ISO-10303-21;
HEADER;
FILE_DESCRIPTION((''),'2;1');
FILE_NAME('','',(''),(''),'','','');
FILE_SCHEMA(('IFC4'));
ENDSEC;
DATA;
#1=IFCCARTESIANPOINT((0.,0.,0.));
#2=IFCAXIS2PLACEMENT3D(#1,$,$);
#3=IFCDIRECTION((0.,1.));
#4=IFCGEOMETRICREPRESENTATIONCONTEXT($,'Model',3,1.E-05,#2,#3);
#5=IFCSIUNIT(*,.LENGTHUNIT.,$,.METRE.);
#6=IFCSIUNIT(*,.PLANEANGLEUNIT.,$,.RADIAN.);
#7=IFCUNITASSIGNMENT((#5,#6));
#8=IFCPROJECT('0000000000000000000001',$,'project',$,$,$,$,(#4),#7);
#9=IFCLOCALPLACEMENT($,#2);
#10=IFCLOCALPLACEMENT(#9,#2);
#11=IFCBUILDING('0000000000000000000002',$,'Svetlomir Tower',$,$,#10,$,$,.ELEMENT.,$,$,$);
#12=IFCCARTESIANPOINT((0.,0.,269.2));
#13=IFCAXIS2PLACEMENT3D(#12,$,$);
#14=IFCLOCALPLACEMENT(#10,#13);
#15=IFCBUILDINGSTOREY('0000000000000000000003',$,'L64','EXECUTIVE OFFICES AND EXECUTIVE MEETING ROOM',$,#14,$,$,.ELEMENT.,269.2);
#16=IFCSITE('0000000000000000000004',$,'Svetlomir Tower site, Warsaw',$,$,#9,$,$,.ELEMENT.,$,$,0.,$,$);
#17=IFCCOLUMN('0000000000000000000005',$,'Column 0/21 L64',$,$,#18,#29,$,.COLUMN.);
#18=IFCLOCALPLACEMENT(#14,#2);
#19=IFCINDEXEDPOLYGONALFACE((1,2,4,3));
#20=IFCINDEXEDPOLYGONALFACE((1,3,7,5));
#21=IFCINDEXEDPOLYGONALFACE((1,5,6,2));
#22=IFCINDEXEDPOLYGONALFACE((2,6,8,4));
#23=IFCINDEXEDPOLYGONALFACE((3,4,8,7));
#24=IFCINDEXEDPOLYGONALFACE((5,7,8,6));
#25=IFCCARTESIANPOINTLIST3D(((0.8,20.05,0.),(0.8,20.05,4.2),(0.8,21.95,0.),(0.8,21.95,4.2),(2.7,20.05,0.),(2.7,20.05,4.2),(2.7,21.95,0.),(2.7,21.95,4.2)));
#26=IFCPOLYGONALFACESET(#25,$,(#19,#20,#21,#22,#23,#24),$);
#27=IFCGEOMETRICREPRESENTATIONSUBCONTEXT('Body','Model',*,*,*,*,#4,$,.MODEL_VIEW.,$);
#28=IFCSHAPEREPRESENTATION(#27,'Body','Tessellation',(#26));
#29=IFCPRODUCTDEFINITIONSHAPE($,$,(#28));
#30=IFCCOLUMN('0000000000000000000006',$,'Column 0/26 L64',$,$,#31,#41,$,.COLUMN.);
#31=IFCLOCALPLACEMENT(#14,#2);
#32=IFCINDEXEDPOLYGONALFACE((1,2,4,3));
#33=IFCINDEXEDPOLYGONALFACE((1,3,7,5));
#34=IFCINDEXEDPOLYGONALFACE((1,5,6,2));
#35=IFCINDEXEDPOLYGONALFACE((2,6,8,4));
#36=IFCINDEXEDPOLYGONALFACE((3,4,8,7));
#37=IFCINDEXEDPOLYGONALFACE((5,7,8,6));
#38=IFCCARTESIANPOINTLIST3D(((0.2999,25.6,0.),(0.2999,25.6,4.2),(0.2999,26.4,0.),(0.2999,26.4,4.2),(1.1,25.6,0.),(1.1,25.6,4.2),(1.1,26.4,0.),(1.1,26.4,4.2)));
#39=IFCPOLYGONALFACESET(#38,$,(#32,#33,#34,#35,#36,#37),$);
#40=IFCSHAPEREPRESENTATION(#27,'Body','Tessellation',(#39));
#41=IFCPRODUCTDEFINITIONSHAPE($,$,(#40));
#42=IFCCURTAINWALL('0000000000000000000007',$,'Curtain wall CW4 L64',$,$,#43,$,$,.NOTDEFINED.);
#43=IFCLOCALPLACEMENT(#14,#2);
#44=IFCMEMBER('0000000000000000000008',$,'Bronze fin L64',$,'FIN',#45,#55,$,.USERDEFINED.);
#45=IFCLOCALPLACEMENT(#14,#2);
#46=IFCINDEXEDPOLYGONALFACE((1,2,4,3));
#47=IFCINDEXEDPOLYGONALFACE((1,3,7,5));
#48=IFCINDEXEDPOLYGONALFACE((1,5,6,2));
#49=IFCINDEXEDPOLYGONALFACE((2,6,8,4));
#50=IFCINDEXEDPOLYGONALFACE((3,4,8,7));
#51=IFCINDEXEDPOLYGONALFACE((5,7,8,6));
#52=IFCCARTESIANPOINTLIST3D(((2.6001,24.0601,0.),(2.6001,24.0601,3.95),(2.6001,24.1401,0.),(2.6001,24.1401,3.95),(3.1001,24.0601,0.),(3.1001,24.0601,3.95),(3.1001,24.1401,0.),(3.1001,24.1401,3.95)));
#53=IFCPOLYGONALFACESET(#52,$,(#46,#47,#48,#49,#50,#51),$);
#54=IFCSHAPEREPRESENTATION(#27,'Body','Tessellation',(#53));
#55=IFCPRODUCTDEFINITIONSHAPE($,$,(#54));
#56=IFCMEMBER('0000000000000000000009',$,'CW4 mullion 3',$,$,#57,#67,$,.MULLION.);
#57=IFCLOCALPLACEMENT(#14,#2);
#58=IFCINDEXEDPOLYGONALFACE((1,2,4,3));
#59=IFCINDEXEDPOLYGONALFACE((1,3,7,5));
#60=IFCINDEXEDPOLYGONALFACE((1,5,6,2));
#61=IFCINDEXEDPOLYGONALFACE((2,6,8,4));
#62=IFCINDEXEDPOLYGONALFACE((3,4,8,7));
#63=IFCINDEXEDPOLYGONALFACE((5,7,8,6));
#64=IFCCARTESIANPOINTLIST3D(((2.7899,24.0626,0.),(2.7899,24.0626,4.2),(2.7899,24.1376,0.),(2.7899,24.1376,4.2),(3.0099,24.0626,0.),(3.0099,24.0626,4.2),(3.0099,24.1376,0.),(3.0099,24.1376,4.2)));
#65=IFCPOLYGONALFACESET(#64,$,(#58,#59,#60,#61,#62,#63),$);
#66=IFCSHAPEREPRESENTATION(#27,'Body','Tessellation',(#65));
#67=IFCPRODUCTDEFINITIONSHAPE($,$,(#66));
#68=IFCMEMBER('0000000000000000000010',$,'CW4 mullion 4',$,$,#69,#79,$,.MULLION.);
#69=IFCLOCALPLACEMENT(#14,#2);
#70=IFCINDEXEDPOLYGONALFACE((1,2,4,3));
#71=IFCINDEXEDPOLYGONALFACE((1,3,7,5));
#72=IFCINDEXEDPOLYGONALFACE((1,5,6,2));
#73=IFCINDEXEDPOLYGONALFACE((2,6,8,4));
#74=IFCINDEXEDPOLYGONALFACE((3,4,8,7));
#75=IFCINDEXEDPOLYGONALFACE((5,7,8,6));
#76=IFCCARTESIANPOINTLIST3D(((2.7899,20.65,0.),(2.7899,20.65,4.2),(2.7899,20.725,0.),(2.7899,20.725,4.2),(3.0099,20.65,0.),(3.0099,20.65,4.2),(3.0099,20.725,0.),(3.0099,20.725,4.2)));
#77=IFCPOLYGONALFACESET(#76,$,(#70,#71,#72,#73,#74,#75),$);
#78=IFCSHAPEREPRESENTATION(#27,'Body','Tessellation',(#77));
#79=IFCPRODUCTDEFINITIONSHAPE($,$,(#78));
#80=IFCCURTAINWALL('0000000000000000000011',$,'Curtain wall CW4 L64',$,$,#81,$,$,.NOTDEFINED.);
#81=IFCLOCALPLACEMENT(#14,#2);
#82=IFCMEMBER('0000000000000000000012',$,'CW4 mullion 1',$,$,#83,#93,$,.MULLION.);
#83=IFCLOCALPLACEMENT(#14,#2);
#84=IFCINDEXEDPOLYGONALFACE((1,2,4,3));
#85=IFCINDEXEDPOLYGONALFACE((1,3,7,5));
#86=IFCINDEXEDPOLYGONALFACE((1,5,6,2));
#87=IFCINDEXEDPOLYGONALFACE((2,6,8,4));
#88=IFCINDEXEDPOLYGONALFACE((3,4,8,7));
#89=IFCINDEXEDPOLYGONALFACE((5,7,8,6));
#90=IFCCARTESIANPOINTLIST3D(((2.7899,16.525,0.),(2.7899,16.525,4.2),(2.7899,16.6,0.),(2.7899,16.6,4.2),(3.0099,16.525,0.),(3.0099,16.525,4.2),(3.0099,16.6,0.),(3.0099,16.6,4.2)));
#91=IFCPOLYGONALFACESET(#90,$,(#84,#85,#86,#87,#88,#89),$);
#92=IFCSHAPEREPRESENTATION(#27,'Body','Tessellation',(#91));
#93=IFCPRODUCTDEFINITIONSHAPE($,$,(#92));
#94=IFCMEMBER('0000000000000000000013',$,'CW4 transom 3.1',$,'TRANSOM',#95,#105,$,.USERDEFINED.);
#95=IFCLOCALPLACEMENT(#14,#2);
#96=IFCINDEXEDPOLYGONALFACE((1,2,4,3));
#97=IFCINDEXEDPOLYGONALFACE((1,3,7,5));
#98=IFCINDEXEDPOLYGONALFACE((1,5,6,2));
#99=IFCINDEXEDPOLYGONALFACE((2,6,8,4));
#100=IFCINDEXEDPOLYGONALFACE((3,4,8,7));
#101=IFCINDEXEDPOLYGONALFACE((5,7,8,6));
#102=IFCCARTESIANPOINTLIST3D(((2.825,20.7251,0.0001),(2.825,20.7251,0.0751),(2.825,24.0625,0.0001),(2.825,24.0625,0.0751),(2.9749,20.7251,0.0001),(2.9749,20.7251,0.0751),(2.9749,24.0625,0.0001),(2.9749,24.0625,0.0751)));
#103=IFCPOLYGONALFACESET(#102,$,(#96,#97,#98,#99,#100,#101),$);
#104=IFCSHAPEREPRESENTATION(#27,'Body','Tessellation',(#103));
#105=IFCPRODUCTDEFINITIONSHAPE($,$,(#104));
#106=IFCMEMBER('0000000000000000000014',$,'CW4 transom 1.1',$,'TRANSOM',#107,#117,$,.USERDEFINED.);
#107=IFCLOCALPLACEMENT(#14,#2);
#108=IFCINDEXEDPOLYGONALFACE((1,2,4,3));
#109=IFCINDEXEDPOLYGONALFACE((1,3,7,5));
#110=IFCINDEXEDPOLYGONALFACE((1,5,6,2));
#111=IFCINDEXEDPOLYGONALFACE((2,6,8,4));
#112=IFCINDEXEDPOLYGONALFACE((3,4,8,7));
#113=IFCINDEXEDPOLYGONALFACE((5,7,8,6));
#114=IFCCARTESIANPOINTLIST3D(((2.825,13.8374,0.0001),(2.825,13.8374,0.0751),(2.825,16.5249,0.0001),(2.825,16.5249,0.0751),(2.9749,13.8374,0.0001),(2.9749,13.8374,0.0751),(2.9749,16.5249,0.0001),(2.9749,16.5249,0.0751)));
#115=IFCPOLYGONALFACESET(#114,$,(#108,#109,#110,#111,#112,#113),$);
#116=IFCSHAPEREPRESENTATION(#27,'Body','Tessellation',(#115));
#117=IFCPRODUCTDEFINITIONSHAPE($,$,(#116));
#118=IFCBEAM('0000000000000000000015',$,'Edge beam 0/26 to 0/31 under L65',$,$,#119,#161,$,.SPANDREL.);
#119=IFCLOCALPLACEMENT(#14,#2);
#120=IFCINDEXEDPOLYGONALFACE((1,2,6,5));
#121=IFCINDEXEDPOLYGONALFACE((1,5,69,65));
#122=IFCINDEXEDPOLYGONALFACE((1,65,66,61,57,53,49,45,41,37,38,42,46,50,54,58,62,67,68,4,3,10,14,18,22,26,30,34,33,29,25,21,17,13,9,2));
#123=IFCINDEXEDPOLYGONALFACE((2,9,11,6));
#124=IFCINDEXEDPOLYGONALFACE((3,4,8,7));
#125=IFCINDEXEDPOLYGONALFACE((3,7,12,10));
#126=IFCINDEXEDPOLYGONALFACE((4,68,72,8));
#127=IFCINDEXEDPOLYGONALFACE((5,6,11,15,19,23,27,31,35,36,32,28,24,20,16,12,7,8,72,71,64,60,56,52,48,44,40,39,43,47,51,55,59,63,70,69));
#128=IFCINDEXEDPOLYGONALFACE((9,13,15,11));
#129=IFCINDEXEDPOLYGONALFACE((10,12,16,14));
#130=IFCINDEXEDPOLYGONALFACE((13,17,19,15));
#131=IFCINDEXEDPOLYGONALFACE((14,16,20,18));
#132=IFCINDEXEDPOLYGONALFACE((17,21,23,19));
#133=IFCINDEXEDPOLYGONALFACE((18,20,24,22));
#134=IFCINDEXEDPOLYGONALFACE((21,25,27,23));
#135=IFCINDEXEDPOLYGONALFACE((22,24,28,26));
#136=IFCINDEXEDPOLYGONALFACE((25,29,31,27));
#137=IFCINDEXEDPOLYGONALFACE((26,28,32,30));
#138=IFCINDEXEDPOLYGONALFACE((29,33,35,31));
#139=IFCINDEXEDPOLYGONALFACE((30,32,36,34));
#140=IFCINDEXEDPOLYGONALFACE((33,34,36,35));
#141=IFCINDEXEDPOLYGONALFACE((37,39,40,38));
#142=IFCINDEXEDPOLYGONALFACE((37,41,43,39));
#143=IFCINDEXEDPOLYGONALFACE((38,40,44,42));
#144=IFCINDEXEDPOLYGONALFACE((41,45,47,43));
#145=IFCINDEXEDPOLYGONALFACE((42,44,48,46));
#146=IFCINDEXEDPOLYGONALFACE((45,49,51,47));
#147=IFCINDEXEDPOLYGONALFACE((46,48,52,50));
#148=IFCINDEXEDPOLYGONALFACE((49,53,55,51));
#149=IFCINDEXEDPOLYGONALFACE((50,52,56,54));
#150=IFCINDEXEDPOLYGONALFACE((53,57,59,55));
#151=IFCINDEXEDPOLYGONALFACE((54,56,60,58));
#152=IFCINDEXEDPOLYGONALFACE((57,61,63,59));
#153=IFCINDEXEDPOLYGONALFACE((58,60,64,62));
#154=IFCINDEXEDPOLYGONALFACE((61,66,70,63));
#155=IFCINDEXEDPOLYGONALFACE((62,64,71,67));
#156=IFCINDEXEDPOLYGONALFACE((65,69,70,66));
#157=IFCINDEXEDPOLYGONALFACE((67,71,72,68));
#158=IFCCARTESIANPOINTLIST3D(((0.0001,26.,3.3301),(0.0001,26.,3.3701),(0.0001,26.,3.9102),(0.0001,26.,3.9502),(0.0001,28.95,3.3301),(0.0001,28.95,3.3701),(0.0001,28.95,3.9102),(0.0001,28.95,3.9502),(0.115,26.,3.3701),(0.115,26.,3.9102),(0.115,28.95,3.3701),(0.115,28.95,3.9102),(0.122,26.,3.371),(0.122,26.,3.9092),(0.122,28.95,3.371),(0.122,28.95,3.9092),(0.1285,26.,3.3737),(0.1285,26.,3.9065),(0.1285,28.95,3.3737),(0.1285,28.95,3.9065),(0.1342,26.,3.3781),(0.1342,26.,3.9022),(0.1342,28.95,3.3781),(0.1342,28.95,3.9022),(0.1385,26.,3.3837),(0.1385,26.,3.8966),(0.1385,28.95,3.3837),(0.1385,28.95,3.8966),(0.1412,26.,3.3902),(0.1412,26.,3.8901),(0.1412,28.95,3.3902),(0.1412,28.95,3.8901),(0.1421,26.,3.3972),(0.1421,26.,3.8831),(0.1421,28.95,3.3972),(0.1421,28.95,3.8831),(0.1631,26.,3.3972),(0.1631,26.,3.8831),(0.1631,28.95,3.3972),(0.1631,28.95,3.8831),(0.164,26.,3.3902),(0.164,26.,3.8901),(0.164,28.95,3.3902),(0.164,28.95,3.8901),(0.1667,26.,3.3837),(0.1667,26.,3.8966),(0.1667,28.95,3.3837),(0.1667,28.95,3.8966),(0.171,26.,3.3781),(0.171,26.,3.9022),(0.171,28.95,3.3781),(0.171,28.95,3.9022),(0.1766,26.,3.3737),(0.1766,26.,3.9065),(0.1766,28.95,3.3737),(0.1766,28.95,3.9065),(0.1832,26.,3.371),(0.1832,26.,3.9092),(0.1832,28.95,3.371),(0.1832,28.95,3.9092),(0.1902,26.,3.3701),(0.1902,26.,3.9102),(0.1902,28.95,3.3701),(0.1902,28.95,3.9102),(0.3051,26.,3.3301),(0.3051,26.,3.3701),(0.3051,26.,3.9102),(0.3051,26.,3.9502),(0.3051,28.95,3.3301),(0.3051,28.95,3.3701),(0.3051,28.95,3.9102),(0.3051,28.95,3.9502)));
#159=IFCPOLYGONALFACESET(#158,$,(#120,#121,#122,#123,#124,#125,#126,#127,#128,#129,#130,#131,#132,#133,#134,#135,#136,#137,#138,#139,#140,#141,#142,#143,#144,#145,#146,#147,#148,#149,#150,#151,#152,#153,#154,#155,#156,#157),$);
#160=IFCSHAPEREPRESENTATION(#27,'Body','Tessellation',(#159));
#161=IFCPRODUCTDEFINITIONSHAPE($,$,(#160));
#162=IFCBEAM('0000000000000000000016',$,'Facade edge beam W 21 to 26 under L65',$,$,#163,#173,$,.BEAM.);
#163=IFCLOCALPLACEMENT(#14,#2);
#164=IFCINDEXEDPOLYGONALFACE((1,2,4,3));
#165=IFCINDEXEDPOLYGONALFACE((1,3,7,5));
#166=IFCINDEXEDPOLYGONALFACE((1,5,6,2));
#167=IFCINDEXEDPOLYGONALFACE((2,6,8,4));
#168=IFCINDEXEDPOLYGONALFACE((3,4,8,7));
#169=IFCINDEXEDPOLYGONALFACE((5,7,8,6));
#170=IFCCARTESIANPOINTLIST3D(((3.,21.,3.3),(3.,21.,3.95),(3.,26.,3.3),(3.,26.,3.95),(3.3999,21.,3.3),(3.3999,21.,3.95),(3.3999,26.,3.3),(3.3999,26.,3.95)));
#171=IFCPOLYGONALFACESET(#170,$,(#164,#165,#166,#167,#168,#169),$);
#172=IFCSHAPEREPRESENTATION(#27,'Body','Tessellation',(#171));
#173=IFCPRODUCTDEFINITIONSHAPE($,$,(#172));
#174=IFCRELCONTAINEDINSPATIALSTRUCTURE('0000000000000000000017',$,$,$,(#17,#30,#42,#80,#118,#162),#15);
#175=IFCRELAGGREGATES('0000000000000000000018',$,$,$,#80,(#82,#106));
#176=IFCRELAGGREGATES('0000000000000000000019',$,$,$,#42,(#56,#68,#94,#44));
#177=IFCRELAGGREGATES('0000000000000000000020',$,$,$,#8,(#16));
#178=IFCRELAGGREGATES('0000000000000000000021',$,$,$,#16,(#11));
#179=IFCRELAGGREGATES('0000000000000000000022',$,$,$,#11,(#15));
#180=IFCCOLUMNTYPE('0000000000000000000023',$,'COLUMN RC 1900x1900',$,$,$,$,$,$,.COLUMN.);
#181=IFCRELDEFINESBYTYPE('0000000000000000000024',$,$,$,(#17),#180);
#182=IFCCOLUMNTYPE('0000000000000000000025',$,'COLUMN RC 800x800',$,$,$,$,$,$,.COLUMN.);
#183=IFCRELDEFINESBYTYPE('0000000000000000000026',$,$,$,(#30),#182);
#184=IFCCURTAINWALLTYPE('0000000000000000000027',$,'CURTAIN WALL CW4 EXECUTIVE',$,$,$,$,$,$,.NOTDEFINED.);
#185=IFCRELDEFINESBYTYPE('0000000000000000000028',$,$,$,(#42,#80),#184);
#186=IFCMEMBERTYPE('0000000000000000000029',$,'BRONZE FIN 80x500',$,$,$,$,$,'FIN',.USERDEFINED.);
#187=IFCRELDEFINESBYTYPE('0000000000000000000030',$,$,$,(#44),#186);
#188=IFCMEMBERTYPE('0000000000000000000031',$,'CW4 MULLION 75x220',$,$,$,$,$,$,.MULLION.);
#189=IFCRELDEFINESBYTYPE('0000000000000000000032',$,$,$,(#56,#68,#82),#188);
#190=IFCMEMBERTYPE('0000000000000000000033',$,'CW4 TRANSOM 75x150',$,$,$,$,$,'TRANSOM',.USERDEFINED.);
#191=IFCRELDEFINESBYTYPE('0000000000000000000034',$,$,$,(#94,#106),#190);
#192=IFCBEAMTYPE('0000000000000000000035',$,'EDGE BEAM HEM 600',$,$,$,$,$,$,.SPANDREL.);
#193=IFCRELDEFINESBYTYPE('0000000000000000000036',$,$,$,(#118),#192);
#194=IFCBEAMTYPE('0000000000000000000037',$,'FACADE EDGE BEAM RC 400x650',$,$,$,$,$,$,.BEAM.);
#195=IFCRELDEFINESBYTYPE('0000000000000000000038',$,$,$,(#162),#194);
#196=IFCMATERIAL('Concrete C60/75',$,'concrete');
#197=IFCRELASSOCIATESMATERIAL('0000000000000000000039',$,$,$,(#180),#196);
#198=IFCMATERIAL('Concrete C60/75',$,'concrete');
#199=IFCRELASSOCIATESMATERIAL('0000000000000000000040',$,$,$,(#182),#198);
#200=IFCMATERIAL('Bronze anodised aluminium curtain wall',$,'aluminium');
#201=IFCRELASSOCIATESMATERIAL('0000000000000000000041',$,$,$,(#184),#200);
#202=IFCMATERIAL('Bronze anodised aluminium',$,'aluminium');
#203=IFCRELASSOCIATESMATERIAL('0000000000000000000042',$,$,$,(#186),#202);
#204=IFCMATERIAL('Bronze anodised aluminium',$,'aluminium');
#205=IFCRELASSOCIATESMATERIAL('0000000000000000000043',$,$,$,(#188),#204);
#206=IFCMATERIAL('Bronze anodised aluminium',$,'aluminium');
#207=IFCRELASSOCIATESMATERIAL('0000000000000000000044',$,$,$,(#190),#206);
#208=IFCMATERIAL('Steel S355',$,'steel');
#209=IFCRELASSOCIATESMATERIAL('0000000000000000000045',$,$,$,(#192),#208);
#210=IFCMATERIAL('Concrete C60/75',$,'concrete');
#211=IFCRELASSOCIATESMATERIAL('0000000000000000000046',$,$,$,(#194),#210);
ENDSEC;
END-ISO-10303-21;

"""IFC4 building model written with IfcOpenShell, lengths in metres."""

from ifc_helpers import new_model, si_unit, direction, frame, origin, origin_2d, place, context, subcontext, project, spatial, rectangle, i_section, extrude, material, material_profile, profile_set, type_object, element, aggregate, save


model = new_model("IFC4")

# Units and contexts
model_context = context("Model", 3, precision=1e-05, world=origin(), true_north=direction((0.0, 1.0)))
body_context = subcontext(model_context, "Body", "Model", "MODEL_VIEW")
ifc_project = project(units=[si_unit("LENGTHUNIT", "METRE"), si_unit("PLANEANGLEUNIT", "RADIAN")], contexts=[model_context])

# Site, building, storey
site_placement = place(None, origin())
site = spatial("IfcSite", under=ifc_project, at=site_placement, Name="Svetlomir Tower site, Warsaw", CompositionType="ELEMENT", RefElevation=0.0)
building_placement = place(site_placement, origin())
building = spatial("IfcBuilding", under=site, at=building_placement, Name="Svetlomir Tower", CompositionType="ELEMENT")
storey_placement = place(building_placement, frame((0.0, 0.0, 269.2)))
storey = spatial("IfcBuildingStorey", under=building, at=storey_placement, Name="L64", Description="EXECUTIVE OFFICES AND EXECUTIVE MEETING ROOM", CompositionType="ELEMENT", Elevation=269.2)

# Columns
ifc_material_1 = material(Name="Concrete C60/75", Category="concrete")
ifc_material_profile_1 = material_profile(ifc_material_1, rectangle(XDim=1.8999, YDim=1.8999, at=origin_2d()), Name="RC 1900x1900")
ifc_profile_set_1 = profile_set([ifc_material_profile_1], Name="Concrete C60/75")
column_type_1 = type_object("IfcColumnType", Name="COLUMN RC 1900x1900", PredefinedType="COLUMN", material=ifc_profile_set_1)
column_1_placement = place(storey_placement, frame((1.75, 21.0, 0.0), z_axis=(0.0, 0.0, 1.0), x_axis=(1.0, 0.0, 0.0)))
element("IfcColumn", 1, at=column_1_placement, inside=storey, type_object=column_type_1, Name="Column 0/21 L64", PredefinedType="COLUMN", context=body_context, shape_type="SweptSolid", body=[
    extrude(rectangle(XDim=1.8999, YDim=1.8999, at=origin_2d()), origin(), (0.0, 0.0, 1.0), 4.2),
])
ifc_material_2 = material(Name="Concrete C60/75", Category="concrete")
ifc_material_profile_2 = material_profile(ifc_material_2, rectangle(XDim=0.8, YDim=0.8, at=origin_2d()), Name="RC 800x800")
ifc_profile_set_2 = profile_set([ifc_material_profile_2], Name="Concrete C60/75")
column_type_2 = type_object("IfcColumnType", Name="COLUMN RC 800x800", PredefinedType="COLUMN", material=ifc_profile_set_2)
column_2_placement = place(storey_placement, frame((0.7, 26.0, 0.0), z_axis=(0.0, 0.0, 1.0), x_axis=(1.0, 0.0, 0.0)))
element("IfcColumn", 2, at=column_2_placement, inside=storey, type_object=column_type_2, Name="Column 0/26 L64", PredefinedType="COLUMN", context=body_context, shape_type="SweptSolid", body=[
    extrude(rectangle(XDim=0.8, YDim=0.8, at=origin_2d()), origin(), (0.0, 0.0, 1.0), 4.2),
])

# Curtain wall, members
ifc_material_3 = material(Name="Bronze anodised aluminium curtain wall", Category="aluminium")
curtain_wall_type = type_object("IfcCurtainWallType", Name="CURTAIN WALL CW4 EXECUTIVE", PredefinedType="NOTDEFINED", material=ifc_material_3)
curtain_wall_1_placement = place(storey_placement, origin())
curtain_wall_1 = element("IfcCurtainWall", 3, at=curtain_wall_1_placement, inside=storey, type_object=curtain_wall_type, Name="Curtain wall CW4 L64", PredefinedType="NOTDEFINED")
ifc_material_4 = material(Name="Bronze anodised aluminium", Category="aluminium")
ifc_material_profile_3 = material_profile(ifc_material_4, rectangle(XDim=0.0801, YDim=0.5, at=origin_2d()), Name="FIN 80x500")
ifc_profile_set_3 = profile_set([ifc_material_profile_3], Name="Bronze anodised aluminium 6063-T6")
member_type_1 = type_object("IfcMemberType", Name="BRONZE FIN 80x500", ElementType="FIN", PredefinedType="USERDEFINED", material=ifc_profile_set_3)
member_1_placement = place(storey_placement, frame((2.8501, 24.1001, 0.0), z_axis=(0.0, 0.0, 1.0), x_axis=(0.0, 1.0, 0.0)))
member_1 = element("IfcMember", 4, at=member_1_placement, type_object=member_type_1, Name="Bronze fin L64", ObjectType="FIN", PredefinedType="USERDEFINED", context=body_context, shape_type="SweptSolid", body=[
    extrude(rectangle(XDim=0.0801, YDim=0.5, at=origin_2d()), origin(), (0.0, 0.0, 1.0), 3.95),
])
ifc_material_5 = material(Name="Bronze anodised aluminium", Category="aluminium")
ifc_material_profile_4 = material_profile(ifc_material_5, rectangle(XDim=0.075, YDim=0.22, at=origin_2d()), Name="AL 75x220")
ifc_profile_set_4 = profile_set([ifc_material_profile_4], Name="Bronze anodised aluminium 6063-T6")
member_type_2 = type_object("IfcMemberType", Name="CW4 MULLION 75x220", PredefinedType="MULLION", material=ifc_profile_set_4)
member_2_placement = place(storey_placement, frame((2.8999, 24.1001, 0.0), z_axis=(0.0, 0.0, 1.0), x_axis=(0.0, -1.0, 0.0)))
member_2 = element("IfcMember", 5, at=member_2_placement, type_object=member_type_2, Name="CW4 mullion 3", PredefinedType="MULLION", context=body_context, shape_type="SweptSolid", body=[
    extrude(rectangle(XDim=0.075, YDim=0.22, at=origin_2d()), origin(), (0.0, 0.0, 1.0), 4.2),
])
member_3_placement = place(storey_placement, frame((2.8999, 20.6875, 0.0), z_axis=(0.0, 0.0, 1.0), x_axis=(0.0, -1.0, 0.0)))
member_3 = element("IfcMember", 6, at=member_3_placement, type_object=member_type_2, Name="CW4 mullion 4", PredefinedType="MULLION", context=body_context, shape_type="SweptSolid", body=[
    extrude(rectangle(XDim=0.075, YDim=0.22, at=origin_2d()), origin(), (0.0, 0.0, 1.0), 4.2),
])

# Curtain wall, member
curtain_wall_2_placement = place(storey_placement, origin())
curtain_wall_2 = element("IfcCurtainWall", 7, at=curtain_wall_2_placement, inside=storey, type_object=curtain_wall_type, Name="Curtain wall CW4 L64", PredefinedType="NOTDEFINED")
member_4_placement = place(storey_placement, frame((2.8999, 16.5625, 0.0), z_axis=(0.0, 0.0, 1.0), x_axis=(0.0, -1.0, 0.0)))
member_4 = element("IfcMember", 8, at=member_4_placement, type_object=member_type_2, Name="CW4 mullion 1", PredefinedType="MULLION", context=body_context, shape_type="SweptSolid", body=[
    extrude(rectangle(XDim=0.075, YDim=0.22, at=origin_2d()), origin(), (0.0, 0.0, 1.0), 4.2),
])

# Members
ifc_material_6 = material(Name="Bronze anodised aluminium", Category="aluminium")
ifc_material_profile_5 = material_profile(ifc_material_6, rectangle(XDim=0.1499, YDim=0.075, at=origin_2d()), Name="AL 150x75")
ifc_profile_set_5 = profile_set([ifc_material_profile_5], Name="Bronze anodised aluminium 6063-T6")
member_type_3 = type_object("IfcMemberType", Name="CW4 TRANSOM 75x150", ElementType="TRANSOM", PredefinedType="USERDEFINED", material=ifc_profile_set_5)
member_5_placement = place(storey_placement, frame((2.8999, 24.0625, 0.0376), z_axis=(0.0, -1.0, 0.0), x_axis=(1.0, 0.0, 0.0)))
member_5 = element("IfcMember", 9, at=member_5_placement, type_object=member_type_3, Name="CW4 transom 3.1", ObjectType="TRANSOM", PredefinedType="USERDEFINED", context=body_context, shape_type="SweptSolid", body=[
    extrude(rectangle(XDim=0.1499, YDim=0.075, at=origin_2d()), origin(), (0.0, 0.0, 1.0), 3.3374),
])
member_6_placement = place(storey_placement, frame((2.8999, 16.5249, 0.0376), z_axis=(0.0, -1.0, 0.0), x_axis=(1.0, 0.0, 0.0)))
member_6 = element("IfcMember", 10, at=member_6_placement, type_object=member_type_3, Name="CW4 transom 1.1", ObjectType="TRANSOM", PredefinedType="USERDEFINED", context=body_context, shape_type="SweptSolid", body=[
    extrude(rectangle(XDim=0.1499, YDim=0.075, at=origin_2d()), origin(), (0.0, 0.0, 1.0), 2.6875),
])
aggregate(curtain_wall_2, [member_4, member_6])

# Beams
ifc_material_7 = material(Name="Steel S355", Category="steel")
ifc_material_profile_6 = material_profile(ifc_material_7, i_section(OverallWidth=0.3049, OverallDepth=0.6201, WebThickness=0.021, FlangeThickness=0.04, FilletRadius=0.0271, at=origin_2d()), Name="HEM 600")
ifc_profile_set_6 = profile_set([ifc_material_profile_6], Name="Steel S355")
beam_type_1 = type_object("IfcBeamType", Name="EDGE BEAM HEM 600", PredefinedType="SPANDREL", material=ifc_profile_set_6)
beam_1_placement = place(storey_placement, frame((0.1526, 26.0, 3.6401), z_axis=(0.0, 1.0, 0.0), x_axis=(-1.0, 0.0, 0.0)))
element("IfcBeam", 11, at=beam_1_placement, inside=storey, type_object=beam_type_1, Name="Edge beam 0/26 to 0/31 under L65", PredefinedType="SPANDREL", context=body_context, shape_type="SweptSolid", body=[
    extrude(i_section(OverallWidth=0.3049, OverallDepth=0.6201, WebThickness=0.021, FlangeThickness=0.04, FilletRadius=0.0271, at=origin_2d()), origin(), (0.0, 0.0, 1.0), 2.95),
])
ifc_material_8 = material(Name="Concrete C60/75", Category="concrete")
ifc_material_profile_7 = material_profile(ifc_material_8, rectangle(XDim=0.3999, YDim=0.6499, at=origin_2d()), Name="RC 400x650")
ifc_profile_set_7 = profile_set([ifc_material_profile_7], Name="Concrete C60/75")
beam_type_2 = type_object("IfcBeamType", Name="FACADE EDGE BEAM RC 400x650", PredefinedType="BEAM", material=ifc_profile_set_7)
beam_2_placement = place(storey_placement, frame((3.2, 21.0, 3.625), z_axis=(0.0, 1.0, 0.0), x_axis=(-1.0, 0.0, 0.0)))
element("IfcBeam", 12, at=beam_2_placement, inside=storey, type_object=beam_type_2, Name="Facade edge beam W 21 to 26 under L65", PredefinedType="BEAM", context=body_context, shape_type="SweptSolid", body=[
    extrude(rectangle(XDim=0.3999, YDim=0.6499, at=origin_2d()), origin(), (0.0, 0.0, 1.0), 5.0),
])

aggregate(curtain_wall_1, [member_2, member_3, member_5, member_1])

save(model, "model.ifc")
